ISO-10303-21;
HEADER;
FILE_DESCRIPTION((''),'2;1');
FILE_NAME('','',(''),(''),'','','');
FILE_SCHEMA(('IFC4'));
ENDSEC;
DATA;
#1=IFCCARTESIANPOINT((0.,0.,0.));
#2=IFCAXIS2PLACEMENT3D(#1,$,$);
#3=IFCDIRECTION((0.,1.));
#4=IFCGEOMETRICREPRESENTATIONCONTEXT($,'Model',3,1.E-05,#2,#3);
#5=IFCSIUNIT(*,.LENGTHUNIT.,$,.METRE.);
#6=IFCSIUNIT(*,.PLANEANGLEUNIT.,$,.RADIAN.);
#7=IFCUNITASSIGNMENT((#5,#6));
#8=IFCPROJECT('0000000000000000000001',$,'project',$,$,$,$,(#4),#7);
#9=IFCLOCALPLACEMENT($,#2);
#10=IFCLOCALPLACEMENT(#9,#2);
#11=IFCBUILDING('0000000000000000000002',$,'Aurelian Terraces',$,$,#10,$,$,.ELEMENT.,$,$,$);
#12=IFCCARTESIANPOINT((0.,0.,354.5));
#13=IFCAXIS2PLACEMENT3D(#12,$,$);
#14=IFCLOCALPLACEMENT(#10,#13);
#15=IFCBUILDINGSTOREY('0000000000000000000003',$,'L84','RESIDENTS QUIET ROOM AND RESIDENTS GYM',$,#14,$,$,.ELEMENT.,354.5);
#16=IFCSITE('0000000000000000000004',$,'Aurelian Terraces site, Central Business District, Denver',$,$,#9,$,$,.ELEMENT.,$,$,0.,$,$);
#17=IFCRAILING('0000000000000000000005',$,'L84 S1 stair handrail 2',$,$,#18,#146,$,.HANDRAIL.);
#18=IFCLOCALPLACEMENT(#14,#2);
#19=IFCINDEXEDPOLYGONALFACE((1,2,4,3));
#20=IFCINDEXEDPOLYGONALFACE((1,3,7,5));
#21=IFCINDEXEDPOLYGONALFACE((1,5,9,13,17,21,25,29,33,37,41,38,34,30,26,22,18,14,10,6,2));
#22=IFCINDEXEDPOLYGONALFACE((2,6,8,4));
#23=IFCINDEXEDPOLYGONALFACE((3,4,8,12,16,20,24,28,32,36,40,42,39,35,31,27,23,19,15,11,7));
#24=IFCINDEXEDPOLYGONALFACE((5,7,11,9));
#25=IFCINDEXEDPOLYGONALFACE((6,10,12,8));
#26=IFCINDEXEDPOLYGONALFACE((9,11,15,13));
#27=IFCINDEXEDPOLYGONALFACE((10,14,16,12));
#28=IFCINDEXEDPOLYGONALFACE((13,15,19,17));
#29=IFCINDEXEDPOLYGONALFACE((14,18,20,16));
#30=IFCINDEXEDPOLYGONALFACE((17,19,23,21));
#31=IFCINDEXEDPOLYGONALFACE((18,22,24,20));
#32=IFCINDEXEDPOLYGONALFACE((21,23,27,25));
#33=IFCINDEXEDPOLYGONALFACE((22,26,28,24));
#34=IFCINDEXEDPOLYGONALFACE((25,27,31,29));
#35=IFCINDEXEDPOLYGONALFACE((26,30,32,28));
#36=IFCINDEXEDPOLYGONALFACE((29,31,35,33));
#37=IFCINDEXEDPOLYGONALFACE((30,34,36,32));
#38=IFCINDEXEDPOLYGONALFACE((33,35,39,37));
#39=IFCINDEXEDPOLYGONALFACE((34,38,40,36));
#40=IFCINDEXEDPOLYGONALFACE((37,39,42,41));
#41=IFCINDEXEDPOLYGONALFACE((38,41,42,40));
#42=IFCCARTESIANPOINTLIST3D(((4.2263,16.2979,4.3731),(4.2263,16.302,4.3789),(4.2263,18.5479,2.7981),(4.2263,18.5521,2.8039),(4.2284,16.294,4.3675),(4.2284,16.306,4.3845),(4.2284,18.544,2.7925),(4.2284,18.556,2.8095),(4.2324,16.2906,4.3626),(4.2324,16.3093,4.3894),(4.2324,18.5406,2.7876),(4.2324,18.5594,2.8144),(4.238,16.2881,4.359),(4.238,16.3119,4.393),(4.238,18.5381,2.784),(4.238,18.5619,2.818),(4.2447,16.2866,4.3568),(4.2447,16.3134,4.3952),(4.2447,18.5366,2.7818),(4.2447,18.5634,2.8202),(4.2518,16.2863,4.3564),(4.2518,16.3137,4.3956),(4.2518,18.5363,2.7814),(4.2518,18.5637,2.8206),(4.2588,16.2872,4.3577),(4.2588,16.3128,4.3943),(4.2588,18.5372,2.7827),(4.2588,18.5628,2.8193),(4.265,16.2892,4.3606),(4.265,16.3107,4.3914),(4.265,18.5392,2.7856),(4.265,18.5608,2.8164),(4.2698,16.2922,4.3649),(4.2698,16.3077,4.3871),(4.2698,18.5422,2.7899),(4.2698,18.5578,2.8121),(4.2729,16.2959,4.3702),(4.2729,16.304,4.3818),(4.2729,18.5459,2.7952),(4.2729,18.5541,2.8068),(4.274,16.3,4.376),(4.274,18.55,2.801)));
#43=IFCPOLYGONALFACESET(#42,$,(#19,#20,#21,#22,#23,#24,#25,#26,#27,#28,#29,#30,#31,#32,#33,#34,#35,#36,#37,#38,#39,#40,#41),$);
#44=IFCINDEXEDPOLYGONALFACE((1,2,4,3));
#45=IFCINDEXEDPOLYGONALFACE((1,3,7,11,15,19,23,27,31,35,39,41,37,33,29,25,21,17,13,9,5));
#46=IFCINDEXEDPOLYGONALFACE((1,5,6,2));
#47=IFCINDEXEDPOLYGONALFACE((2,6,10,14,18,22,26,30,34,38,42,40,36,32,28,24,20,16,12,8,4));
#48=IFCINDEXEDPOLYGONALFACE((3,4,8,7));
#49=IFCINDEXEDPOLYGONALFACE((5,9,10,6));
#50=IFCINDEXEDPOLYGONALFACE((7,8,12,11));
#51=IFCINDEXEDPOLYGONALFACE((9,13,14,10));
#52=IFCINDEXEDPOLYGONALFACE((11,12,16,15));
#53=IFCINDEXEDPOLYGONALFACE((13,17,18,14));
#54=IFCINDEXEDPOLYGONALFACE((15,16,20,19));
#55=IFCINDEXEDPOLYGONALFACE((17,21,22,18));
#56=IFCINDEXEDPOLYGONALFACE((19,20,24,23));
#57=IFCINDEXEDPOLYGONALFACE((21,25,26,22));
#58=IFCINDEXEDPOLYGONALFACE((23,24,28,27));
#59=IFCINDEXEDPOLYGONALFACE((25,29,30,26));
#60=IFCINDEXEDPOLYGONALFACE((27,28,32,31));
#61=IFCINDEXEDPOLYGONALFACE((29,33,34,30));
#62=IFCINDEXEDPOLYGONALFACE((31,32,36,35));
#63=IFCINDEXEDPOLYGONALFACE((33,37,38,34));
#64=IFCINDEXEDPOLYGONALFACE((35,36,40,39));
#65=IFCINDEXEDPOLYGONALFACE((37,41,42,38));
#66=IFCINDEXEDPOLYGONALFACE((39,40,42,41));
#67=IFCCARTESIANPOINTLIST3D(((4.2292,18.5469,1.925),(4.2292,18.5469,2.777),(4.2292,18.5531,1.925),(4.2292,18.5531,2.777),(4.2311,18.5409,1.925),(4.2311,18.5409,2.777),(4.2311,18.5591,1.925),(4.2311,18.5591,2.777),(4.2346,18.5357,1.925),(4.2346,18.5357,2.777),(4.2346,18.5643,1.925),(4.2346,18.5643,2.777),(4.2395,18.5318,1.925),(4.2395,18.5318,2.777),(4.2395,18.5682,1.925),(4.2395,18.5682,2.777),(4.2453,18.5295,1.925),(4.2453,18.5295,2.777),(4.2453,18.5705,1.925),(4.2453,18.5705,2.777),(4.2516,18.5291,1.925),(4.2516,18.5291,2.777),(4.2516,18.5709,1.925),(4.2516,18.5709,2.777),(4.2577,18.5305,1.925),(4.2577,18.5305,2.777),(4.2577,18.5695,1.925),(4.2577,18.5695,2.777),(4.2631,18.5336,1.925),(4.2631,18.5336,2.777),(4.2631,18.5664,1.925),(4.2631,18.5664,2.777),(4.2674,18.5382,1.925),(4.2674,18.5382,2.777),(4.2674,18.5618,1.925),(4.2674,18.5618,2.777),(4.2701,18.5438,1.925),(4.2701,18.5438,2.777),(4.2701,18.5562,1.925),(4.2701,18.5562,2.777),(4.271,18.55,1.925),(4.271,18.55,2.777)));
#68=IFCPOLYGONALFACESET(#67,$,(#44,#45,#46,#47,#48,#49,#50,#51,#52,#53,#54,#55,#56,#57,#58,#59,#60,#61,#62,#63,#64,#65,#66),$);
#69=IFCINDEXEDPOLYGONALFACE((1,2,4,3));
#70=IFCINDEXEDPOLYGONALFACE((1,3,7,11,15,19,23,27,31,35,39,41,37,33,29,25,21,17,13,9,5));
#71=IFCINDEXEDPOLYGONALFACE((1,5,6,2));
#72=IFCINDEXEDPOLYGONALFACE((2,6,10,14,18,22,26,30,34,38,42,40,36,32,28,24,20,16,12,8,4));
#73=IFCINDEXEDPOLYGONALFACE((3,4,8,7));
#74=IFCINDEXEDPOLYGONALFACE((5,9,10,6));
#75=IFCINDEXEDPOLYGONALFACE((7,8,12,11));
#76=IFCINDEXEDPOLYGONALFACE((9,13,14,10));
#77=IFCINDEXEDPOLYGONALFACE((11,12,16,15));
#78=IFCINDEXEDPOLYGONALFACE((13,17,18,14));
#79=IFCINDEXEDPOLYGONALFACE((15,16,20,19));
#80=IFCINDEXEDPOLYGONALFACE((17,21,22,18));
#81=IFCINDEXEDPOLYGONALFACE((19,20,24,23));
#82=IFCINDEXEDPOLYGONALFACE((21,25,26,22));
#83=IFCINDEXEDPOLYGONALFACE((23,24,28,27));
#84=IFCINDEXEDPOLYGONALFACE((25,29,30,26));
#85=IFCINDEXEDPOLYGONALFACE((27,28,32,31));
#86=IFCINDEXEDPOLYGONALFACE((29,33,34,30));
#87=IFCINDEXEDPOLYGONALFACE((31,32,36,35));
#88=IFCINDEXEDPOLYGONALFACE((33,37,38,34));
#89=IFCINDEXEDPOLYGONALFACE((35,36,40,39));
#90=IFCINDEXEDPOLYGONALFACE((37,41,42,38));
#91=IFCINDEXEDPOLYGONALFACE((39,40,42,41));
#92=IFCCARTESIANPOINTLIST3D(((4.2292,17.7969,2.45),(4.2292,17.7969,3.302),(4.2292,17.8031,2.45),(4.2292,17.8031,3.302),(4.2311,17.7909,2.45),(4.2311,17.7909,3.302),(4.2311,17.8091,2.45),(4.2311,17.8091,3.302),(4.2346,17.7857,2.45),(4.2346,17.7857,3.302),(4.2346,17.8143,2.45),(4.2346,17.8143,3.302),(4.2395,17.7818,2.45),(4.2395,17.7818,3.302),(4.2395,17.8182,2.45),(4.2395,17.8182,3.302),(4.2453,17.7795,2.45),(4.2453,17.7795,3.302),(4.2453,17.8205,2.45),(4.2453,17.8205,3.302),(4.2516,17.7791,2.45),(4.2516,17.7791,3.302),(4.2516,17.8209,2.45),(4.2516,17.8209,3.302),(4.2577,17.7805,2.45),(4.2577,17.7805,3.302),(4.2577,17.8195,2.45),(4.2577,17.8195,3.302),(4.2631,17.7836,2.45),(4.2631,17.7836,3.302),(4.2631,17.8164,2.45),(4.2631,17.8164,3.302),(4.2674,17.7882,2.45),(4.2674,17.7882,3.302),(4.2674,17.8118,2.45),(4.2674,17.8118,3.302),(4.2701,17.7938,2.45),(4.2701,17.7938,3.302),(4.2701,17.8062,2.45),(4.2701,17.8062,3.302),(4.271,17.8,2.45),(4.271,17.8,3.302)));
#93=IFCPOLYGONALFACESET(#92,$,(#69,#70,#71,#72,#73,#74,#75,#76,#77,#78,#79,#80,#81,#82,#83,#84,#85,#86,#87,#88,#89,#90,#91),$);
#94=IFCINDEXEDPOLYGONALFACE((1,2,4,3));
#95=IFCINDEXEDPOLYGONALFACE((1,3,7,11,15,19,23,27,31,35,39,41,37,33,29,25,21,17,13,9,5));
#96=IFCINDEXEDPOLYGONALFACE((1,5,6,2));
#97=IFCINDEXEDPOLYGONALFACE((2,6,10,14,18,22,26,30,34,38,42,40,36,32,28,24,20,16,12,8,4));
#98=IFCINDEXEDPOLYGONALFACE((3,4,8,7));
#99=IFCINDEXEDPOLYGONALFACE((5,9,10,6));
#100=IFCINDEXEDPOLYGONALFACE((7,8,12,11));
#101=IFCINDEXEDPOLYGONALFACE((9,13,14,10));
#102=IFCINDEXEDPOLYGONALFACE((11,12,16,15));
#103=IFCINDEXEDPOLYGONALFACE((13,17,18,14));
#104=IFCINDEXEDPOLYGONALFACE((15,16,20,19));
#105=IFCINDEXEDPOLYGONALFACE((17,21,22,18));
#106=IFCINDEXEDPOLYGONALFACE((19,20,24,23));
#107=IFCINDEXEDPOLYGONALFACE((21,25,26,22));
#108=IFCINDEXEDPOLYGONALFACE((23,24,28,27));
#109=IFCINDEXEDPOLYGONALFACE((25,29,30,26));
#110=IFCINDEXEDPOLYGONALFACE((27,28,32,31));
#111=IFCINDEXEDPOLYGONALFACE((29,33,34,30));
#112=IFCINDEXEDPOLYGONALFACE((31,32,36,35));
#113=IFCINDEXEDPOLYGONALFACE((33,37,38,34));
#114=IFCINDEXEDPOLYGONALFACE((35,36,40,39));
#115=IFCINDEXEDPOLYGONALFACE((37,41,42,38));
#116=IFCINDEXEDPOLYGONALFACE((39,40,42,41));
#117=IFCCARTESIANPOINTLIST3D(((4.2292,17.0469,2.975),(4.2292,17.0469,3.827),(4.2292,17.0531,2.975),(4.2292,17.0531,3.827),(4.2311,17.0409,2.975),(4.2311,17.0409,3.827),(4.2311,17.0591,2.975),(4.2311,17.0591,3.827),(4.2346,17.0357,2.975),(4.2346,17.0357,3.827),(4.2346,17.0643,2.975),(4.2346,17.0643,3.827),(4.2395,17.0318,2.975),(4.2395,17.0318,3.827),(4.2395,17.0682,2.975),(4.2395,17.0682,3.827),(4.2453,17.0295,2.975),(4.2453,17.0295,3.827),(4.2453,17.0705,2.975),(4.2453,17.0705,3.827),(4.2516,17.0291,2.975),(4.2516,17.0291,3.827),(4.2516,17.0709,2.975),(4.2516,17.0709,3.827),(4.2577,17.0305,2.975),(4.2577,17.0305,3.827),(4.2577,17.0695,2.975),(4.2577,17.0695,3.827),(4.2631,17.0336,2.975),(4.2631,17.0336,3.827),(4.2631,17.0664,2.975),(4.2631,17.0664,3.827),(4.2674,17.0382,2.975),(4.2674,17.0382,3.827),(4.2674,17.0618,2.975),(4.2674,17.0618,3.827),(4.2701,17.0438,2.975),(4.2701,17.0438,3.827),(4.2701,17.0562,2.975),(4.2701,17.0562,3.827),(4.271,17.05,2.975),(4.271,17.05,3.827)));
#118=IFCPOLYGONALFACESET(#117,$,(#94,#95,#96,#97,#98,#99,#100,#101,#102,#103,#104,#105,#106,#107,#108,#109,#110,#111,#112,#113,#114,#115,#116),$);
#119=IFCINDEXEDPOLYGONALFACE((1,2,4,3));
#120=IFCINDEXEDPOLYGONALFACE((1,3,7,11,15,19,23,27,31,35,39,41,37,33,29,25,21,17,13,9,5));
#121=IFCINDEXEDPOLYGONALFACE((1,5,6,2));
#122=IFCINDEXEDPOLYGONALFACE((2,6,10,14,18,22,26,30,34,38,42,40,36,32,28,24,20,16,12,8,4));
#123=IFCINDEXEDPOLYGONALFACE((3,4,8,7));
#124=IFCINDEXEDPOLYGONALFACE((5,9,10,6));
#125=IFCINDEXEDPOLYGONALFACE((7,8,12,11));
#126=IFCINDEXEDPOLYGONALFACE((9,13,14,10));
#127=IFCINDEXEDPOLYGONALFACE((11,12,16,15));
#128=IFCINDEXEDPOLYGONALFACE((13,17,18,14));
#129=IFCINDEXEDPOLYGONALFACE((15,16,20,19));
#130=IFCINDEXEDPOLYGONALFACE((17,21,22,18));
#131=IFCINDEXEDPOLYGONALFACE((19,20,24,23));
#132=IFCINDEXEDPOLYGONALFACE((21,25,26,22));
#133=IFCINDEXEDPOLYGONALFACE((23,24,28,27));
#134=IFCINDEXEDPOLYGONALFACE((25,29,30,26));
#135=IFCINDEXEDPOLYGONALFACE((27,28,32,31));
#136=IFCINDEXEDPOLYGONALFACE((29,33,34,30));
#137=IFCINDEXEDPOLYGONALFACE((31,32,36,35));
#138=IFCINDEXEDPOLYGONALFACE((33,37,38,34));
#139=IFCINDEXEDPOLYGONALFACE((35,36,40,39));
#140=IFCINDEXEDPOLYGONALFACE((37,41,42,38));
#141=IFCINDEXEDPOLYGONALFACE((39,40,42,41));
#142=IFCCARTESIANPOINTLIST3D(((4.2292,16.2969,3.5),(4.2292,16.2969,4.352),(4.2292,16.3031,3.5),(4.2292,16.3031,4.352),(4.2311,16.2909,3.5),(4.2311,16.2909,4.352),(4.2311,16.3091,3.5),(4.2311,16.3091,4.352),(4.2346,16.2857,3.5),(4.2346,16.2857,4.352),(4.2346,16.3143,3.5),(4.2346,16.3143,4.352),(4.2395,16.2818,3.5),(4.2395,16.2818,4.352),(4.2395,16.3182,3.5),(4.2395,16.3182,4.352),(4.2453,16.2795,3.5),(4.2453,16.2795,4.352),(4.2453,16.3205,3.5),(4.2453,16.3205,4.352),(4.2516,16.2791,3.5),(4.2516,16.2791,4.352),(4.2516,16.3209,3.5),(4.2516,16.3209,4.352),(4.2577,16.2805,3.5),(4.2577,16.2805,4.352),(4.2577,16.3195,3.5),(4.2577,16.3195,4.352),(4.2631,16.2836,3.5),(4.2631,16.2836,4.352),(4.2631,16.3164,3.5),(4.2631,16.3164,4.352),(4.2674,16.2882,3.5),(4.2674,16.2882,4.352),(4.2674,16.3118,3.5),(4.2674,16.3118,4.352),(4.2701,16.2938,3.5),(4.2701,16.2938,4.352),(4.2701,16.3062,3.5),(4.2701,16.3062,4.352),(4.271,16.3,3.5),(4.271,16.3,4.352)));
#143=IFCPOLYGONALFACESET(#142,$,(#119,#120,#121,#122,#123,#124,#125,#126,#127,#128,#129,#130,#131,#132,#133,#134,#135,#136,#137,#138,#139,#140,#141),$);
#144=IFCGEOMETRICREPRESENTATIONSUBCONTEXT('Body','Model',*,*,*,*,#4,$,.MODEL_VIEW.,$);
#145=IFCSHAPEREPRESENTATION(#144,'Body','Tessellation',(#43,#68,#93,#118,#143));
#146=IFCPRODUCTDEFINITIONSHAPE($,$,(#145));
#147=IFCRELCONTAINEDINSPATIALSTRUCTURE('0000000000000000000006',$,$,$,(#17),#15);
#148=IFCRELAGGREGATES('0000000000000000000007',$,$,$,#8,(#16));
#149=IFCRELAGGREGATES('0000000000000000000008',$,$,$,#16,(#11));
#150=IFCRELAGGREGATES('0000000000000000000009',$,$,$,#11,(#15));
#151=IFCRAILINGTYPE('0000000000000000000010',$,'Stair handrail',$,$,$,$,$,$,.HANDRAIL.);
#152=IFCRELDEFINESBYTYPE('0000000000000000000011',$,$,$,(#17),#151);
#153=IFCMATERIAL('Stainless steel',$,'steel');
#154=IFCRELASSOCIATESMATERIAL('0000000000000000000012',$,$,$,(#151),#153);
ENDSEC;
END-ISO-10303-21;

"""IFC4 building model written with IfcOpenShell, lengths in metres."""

from ifc_helpers import new_model, si_unit, direction, frame, origin, origin_2d, place, context, subcontext, project, spatial, circle, extrude, source, transform, mapped, material, type_object, element, save


model = new_model("IFC4")

# Units and contexts
model_context = context("Model", 3, precision=1e-05, world=origin(), true_north=direction((0.0, 1.0)))
body_context = subcontext(model_context, "Body", "Model", "MODEL_VIEW")
ifc_project = project(units=[si_unit("LENGTHUNIT", "METRE"), si_unit("PLANEANGLEUNIT", "RADIAN")], contexts=[model_context])

# Site, building, storey
site_placement = place(None, origin())
site = spatial("IfcSite", under=ifc_project, at=site_placement, Name="Aurelian Terraces site, Central Business District, Denver", CompositionType="ELEMENT", RefElevation=0.0)
building_placement = place(site_placement, origin())
building = spatial("IfcBuilding", under=site, at=building_placement, Name="Aurelian Terraces", CompositionType="ELEMENT")
storey_placement = place(building_placement, frame((0.0, 0.0, 354.5)))
storey = spatial("IfcBuildingStorey", under=building, at=storey_placement, Name="L84", Description="RESIDENTS QUIET ROOM AND RESIDENTS GYM", CompositionType="ELEMENT", Elevation=354.5)

# Railing
ifc_material_1 = material(Name="Stainless steel", Category="steel")
railing_type_1 = type_object("IfcRailingType", Name="Stair handrail", PredefinedType="HANDRAIL", material=ifc_material_1)
shared_shape_1 = source(origin(), body_context, "Body", "SweptSolid", [
    extrude(circle(Radius=0.024, at=origin_2d()), frame((0.0, 0.0, 0.876), z_axis=(0.0, -0.819232, 0.573462), x_axis=(1.0, 0.0, 0.0)), (0.0, 0.0, 1.0), 2.7465),
    extrude(circle(Radius=0.021, at=origin_2d()), origin(), (0.0, 0.0, 1.0), 0.852),
    extrude(circle(Radius=0.021, at=origin_2d()), frame((0.0, -0.75, 0.525)), (0.0, 0.0, 1.0), 0.852),
    extrude(circle(Radius=0.021, at=origin_2d()), frame((0.0, -1.5, 1.05)), (0.0, 0.0, 1.0), 0.852),
    extrude(circle(Radius=0.021, at=origin_2d()), frame((0.0, -2.25, 1.575)), (0.0, 0.0, 1.0), 0.852),
])
railing_1_placement = place(storey_placement, frame((4.25, 18.55, 1.925)))
element("IfcRailing", 1, at=railing_1_placement, inside=storey, type_object=railing_type_1, Name="L84 S1 stair handrail 2", PredefinedType="HANDRAIL", context=body_context, shape_type="MappedRepresentation", body=[
    mapped(shared_shape_1, transform((0.0, 0.0, 0.0), scale=1.0)),
])

save(model, "model.ifc")
